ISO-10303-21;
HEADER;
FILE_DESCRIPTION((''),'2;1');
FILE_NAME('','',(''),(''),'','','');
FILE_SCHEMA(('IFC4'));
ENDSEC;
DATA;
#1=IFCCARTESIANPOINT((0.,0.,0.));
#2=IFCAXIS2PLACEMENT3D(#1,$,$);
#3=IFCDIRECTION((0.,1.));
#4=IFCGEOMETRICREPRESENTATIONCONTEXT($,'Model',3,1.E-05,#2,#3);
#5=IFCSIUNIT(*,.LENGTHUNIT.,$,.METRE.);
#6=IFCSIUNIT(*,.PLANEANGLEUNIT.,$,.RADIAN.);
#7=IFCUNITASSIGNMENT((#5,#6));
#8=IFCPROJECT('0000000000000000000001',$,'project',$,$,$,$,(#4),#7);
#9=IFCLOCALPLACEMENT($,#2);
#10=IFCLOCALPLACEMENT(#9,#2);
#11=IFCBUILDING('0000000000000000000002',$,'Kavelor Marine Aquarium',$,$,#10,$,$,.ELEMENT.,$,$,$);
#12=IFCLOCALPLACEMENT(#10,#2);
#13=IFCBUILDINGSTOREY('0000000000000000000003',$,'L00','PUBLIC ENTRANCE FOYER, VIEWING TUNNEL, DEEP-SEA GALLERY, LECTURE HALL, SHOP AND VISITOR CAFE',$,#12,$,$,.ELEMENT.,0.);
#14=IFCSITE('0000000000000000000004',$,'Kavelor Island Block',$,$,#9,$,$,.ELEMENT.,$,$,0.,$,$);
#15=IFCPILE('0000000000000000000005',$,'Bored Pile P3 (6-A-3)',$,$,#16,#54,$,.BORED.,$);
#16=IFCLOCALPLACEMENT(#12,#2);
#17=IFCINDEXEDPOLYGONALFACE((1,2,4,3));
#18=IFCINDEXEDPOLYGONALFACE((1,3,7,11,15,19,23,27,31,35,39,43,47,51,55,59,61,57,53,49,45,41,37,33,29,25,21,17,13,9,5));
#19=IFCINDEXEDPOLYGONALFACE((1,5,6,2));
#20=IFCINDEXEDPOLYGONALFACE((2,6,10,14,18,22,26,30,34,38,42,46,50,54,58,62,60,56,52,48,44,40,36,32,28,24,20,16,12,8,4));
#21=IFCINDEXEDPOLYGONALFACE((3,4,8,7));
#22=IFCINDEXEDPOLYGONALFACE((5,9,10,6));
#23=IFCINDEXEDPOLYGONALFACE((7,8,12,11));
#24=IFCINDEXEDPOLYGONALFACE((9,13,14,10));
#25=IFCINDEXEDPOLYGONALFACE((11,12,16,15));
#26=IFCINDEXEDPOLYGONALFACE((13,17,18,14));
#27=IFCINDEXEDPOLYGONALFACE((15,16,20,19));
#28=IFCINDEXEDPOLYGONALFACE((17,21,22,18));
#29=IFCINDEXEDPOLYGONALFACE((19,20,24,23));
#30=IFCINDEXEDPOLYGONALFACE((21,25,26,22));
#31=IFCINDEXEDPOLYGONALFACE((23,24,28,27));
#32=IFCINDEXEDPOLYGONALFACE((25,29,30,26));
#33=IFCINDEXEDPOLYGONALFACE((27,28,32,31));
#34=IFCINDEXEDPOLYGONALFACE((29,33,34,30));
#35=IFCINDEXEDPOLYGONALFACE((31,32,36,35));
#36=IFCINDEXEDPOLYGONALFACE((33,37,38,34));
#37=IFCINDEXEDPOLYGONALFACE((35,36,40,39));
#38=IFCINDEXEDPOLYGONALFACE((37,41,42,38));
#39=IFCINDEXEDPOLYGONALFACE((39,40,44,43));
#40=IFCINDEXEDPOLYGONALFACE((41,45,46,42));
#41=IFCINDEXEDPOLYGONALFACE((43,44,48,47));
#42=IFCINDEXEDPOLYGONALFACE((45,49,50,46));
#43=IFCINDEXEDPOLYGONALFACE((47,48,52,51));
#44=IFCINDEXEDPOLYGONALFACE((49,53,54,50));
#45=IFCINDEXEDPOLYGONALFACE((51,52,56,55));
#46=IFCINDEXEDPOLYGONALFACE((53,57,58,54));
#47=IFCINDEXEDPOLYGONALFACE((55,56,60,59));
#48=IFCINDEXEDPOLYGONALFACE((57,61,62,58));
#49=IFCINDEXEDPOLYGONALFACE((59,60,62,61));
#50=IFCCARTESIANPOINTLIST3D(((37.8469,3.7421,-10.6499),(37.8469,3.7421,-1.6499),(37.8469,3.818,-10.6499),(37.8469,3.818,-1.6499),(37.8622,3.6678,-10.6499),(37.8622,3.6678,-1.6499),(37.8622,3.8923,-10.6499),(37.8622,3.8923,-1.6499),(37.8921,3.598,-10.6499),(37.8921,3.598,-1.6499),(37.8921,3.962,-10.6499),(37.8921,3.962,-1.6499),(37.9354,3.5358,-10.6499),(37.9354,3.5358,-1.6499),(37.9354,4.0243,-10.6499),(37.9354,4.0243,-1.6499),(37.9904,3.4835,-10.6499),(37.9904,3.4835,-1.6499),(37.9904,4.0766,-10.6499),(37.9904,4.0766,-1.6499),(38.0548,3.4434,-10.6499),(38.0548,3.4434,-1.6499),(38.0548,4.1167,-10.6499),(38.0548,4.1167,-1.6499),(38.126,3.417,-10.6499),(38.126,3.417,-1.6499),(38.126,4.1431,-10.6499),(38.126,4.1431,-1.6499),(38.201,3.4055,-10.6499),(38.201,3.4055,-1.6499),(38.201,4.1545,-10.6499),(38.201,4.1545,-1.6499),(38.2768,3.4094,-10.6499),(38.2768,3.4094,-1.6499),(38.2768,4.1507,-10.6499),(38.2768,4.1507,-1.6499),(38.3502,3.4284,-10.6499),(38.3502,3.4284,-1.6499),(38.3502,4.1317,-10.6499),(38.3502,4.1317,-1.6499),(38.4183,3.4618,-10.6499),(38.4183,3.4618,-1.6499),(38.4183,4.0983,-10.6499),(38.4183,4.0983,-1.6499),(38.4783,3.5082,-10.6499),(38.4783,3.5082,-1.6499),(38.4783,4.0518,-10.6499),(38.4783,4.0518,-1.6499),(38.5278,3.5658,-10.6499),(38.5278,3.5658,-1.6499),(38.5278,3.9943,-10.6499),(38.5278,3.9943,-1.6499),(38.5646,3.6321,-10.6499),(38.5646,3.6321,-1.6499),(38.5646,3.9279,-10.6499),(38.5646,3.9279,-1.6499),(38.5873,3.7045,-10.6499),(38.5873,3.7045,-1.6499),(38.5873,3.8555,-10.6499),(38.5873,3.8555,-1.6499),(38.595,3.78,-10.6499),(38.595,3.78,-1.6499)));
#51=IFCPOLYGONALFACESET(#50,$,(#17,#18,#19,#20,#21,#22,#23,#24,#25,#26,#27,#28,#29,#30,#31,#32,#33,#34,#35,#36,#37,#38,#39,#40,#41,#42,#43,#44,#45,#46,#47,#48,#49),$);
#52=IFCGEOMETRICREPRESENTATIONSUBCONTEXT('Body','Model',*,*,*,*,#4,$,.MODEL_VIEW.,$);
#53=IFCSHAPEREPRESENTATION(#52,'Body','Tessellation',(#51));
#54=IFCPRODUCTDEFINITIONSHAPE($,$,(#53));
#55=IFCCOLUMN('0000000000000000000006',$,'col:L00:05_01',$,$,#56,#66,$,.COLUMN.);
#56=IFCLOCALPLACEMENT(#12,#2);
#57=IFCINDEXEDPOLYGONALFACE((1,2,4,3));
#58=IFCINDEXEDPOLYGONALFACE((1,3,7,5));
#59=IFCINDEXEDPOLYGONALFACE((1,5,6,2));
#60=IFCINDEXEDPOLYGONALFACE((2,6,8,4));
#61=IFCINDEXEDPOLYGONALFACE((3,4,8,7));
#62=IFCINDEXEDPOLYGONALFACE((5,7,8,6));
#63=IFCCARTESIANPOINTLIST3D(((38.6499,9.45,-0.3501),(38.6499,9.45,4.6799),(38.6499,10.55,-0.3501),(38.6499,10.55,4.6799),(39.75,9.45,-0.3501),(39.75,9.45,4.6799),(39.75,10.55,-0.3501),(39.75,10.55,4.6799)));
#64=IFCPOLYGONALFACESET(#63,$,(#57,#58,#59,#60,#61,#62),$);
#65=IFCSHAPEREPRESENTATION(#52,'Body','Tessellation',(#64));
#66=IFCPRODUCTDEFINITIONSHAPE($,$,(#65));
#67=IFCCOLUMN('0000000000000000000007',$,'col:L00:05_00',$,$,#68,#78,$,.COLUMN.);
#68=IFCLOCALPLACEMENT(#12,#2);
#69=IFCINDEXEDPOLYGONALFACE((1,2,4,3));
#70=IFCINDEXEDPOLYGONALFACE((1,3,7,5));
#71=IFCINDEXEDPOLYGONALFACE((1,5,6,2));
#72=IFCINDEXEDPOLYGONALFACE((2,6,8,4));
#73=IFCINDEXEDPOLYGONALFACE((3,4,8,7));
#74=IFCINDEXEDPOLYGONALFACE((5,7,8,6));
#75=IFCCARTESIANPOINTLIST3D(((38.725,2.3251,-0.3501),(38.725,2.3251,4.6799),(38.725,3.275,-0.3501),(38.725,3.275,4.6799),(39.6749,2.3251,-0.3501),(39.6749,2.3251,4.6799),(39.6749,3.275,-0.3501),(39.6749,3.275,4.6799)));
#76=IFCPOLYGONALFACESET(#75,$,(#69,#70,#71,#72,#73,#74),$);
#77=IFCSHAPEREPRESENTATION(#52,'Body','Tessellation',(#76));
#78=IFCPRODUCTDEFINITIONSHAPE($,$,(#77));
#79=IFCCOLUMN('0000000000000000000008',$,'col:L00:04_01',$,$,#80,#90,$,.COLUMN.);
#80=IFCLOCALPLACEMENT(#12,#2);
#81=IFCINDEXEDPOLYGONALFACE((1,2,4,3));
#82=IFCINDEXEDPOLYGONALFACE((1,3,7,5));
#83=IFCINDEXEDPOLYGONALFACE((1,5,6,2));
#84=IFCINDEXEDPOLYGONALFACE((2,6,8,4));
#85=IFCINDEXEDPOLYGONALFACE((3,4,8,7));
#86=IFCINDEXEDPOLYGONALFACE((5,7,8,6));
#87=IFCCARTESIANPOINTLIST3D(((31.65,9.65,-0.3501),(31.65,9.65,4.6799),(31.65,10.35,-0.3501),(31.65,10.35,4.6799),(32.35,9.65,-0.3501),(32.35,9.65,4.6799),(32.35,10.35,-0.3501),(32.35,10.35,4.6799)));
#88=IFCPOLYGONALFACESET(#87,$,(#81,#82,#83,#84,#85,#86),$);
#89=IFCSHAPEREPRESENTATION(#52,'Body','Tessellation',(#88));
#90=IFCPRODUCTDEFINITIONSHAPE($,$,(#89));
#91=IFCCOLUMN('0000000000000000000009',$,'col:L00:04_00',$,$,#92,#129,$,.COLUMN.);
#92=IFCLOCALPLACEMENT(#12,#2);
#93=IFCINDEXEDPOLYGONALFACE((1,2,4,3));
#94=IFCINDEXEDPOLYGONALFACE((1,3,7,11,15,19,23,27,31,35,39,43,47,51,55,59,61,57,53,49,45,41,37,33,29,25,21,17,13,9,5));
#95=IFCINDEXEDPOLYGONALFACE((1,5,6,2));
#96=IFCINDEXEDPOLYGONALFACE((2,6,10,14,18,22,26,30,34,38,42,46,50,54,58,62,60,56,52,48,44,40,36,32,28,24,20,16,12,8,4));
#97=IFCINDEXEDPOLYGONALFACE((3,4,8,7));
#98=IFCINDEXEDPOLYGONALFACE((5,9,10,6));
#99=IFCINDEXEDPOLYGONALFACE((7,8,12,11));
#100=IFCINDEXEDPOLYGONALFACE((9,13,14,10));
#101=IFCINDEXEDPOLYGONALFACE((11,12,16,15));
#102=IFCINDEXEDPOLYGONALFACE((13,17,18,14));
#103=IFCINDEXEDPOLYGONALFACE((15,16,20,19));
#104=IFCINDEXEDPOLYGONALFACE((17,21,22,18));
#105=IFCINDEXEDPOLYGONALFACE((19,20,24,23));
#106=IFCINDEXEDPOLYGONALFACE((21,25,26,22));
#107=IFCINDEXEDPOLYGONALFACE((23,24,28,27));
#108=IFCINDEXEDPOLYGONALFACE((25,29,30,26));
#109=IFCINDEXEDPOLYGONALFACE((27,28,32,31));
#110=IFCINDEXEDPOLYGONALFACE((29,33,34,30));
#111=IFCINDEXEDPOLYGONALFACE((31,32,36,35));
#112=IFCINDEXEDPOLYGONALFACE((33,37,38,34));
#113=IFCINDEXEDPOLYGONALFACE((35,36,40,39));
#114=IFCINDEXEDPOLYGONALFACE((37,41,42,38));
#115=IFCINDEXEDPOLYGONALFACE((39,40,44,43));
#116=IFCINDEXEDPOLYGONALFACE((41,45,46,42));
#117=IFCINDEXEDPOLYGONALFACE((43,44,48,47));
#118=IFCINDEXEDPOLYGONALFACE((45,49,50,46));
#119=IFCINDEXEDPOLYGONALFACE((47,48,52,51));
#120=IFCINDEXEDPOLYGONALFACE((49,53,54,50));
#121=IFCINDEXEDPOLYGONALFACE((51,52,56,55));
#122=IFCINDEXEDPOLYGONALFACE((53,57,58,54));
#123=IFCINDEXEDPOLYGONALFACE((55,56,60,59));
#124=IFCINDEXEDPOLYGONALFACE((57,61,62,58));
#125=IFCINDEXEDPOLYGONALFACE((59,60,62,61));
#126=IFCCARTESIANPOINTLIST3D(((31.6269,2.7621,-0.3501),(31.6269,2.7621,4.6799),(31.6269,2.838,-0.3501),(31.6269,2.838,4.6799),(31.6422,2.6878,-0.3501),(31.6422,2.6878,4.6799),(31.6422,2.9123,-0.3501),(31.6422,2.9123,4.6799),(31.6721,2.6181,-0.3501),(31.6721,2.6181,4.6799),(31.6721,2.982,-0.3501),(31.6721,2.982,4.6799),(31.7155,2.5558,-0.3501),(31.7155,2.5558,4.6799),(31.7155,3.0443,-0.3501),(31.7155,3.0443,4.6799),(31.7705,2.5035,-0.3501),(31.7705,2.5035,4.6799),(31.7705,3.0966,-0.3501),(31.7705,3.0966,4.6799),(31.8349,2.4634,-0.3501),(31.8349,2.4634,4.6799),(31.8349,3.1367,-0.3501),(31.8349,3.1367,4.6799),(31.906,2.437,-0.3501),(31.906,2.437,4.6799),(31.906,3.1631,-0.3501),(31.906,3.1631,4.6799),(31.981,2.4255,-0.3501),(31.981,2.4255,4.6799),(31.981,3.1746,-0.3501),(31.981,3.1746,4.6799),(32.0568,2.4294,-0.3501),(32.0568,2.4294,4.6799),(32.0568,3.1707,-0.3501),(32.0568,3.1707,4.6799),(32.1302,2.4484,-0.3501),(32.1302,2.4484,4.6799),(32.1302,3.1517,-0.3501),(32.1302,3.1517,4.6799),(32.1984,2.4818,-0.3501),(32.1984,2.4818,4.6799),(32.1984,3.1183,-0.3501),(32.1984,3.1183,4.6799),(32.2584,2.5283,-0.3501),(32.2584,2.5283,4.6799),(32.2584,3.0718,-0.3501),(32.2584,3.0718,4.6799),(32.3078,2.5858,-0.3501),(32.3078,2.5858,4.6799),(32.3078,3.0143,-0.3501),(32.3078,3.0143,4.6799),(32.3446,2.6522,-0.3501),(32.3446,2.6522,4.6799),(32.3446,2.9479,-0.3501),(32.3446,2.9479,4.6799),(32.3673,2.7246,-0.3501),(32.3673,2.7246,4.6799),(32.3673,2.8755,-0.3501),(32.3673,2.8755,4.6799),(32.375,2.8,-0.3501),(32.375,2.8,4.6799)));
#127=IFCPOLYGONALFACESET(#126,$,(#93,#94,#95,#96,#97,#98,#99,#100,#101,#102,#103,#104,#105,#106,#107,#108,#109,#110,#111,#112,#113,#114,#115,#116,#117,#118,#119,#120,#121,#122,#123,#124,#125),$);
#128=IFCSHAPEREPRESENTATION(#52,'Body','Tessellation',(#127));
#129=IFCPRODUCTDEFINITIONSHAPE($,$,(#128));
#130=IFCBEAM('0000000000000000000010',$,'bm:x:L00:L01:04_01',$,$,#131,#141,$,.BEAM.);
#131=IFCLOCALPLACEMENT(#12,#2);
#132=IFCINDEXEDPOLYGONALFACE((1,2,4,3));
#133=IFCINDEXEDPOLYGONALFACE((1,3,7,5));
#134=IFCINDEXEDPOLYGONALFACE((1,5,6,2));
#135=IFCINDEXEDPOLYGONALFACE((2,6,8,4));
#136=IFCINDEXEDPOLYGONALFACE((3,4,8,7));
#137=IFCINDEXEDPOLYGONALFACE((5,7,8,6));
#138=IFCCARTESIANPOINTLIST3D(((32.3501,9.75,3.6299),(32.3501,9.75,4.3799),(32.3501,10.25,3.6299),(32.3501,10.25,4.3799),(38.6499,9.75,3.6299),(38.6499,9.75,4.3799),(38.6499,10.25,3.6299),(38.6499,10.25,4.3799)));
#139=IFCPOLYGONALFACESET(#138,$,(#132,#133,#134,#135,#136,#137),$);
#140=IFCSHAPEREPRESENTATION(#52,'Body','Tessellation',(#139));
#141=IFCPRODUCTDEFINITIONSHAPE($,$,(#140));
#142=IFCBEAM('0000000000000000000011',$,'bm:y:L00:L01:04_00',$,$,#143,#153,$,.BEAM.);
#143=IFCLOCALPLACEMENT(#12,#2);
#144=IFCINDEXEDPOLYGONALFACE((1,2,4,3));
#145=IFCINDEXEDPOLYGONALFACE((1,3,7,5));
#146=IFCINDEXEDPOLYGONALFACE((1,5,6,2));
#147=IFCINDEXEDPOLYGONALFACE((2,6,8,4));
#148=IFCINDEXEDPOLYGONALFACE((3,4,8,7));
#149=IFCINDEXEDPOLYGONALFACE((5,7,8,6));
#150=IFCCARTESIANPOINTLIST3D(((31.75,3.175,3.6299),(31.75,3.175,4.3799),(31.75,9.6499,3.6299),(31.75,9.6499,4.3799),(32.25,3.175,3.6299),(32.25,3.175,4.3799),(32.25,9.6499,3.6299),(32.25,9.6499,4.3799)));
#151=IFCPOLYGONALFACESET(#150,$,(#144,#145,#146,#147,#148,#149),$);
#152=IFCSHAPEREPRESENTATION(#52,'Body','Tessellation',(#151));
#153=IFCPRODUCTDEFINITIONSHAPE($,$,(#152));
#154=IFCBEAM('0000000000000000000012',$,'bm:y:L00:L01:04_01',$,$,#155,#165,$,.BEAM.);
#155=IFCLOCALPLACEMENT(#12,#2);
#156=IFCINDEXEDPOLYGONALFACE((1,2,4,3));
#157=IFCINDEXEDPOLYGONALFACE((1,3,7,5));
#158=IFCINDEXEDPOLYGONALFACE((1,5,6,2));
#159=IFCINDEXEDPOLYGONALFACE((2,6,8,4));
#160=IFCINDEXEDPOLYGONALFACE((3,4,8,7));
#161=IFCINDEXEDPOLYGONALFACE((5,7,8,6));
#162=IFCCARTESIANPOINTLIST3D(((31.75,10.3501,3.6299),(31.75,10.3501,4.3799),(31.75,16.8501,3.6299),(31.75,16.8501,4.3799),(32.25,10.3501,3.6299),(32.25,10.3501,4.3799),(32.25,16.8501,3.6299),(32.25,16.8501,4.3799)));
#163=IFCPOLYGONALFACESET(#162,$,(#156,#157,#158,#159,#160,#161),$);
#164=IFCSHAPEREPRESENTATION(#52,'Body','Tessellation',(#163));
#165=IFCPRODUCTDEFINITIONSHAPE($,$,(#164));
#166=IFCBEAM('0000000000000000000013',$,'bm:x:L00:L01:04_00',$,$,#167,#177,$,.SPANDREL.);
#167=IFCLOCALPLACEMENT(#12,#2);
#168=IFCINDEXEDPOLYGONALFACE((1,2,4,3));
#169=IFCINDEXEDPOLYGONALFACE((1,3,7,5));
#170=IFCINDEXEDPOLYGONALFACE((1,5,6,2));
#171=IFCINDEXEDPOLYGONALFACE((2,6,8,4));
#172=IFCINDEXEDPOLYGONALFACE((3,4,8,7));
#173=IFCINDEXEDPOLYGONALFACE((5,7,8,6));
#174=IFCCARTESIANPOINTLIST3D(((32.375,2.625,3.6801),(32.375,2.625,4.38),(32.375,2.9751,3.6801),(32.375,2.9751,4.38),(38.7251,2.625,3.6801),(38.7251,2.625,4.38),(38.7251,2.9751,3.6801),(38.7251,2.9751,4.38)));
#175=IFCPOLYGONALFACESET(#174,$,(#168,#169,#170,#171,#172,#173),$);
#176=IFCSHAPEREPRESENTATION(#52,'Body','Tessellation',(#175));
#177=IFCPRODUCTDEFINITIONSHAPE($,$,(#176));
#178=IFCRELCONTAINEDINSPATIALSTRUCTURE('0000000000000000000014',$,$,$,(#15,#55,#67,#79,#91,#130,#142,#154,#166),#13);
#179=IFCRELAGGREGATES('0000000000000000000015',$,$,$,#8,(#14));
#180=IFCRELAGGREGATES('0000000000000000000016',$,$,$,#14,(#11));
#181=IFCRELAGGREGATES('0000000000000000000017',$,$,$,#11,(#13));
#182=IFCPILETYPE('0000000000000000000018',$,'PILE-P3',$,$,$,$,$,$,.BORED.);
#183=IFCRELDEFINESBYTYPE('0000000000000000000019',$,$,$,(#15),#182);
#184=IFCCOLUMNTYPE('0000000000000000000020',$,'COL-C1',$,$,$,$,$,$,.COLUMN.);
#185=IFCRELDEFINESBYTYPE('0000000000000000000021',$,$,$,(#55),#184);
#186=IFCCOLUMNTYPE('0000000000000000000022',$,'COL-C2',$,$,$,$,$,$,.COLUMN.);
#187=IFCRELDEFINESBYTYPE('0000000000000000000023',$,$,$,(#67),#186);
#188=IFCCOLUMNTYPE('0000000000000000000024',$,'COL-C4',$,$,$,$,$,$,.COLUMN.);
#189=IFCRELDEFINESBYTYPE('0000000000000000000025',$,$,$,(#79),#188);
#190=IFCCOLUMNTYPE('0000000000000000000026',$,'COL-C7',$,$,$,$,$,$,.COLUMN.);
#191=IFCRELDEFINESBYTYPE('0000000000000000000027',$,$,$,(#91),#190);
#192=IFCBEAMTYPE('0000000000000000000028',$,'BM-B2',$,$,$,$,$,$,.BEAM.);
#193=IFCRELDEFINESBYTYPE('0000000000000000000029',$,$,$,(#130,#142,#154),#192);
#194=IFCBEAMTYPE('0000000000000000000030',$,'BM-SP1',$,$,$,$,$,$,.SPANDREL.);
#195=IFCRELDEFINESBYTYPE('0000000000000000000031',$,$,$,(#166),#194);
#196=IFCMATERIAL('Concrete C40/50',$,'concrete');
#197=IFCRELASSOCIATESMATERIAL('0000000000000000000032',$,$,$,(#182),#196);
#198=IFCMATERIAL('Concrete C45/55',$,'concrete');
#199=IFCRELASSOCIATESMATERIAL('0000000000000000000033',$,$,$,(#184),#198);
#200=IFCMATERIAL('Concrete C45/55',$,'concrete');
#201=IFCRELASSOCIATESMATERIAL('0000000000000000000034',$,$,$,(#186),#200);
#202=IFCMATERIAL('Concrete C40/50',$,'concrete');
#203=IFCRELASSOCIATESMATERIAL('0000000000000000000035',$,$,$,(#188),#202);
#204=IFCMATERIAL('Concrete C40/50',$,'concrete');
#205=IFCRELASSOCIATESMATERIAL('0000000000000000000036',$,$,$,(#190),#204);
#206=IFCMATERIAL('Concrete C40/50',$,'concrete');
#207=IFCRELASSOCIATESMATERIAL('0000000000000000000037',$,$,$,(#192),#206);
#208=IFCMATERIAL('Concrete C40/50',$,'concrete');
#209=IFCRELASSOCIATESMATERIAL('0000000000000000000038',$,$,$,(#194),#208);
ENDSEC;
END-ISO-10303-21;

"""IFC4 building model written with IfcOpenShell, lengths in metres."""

from ifc_helpers import new_model, si_unit, direction, frame, origin, origin_2d, place, context, subcontext, project, spatial, rectangle, circle, extrude, material, material_profile, profile_set, type_object, element, save


model = new_model("IFC4")

# Units and contexts
model_context = context("Model", 3, precision=1e-05, world=origin(), true_north=direction((0.0, 1.0)))
body_context = subcontext(model_context, "Body", "Model", "MODEL_VIEW")
ifc_project = project(units=[si_unit("LENGTHUNIT", "METRE"), si_unit("PLANEANGLEUNIT", "RADIAN")], contexts=[model_context])

# Site, building, storey
site_placement = place(None, origin())
site = spatial("IfcSite", under=ifc_project, at=site_placement, Name="Kavelor Island Block", CompositionType="ELEMENT", RefElevation=0.0)
building_placement = place(site_placement, origin())
building = spatial("IfcBuilding", under=site, at=building_placement, Name="Kavelor Marine Aquarium", CompositionType="ELEMENT")
storey_placement = place(building_placement, origin())
storey = spatial("IfcBuildingStorey", under=building, at=storey_placement, Name="L00", Description="PUBLIC ENTRANCE FOYER, VIEWING TUNNEL, DEEP-SEA GALLERY, LECTURE HALL, SHOP AND VISITOR CAFE", CompositionType="ELEMENT", Elevation=0.0)

# Pile
ifc_material_1 = material(Name="Concrete C40/50", Category="concrete")
ifc_material_profile_1 = material_profile(ifc_material_1, circle(Radius=0.375, at=origin_2d()), Name="PILE D750")
ifc_profile_set_1 = profile_set([ifc_material_profile_1], Name="Concrete C40/50")
pile_type_1 = type_object("IfcPileType", Name="PILE-P3", PredefinedType="BORED", material=ifc_profile_set_1)
for number, where, z_axis, x_axis, name in (
    (1, (38.22, 3.78, -1.6499), (0.0, 0.0, -1.0), (1.0, 0.0, 0.0), "Bored Pile P3 (6-A-3)"),
):
    element("IfcPile", number, at=place(storey_placement, frame(where, z_axis=z_axis, x_axis=x_axis)), inside=storey, type_object=pile_type_1, Name=name, PredefinedType="BORED", context=body_context, shape_type="SweptSolid", body=[
        extrude(circle(Radius=0.375, at=origin_2d()), origin(), (0.0, 0.0, 1.0), 9.0),
    ])

# Columns
ifc_material_2 = material(Name="Concrete C45/55", Category="concrete")
ifc_material_profile_2 = material_profile(ifc_material_2, rectangle(XDim=1.1001, YDim=1.1001, at=origin_2d()), Name="RC-COL 1100x1100")
ifc_profile_set_2 = profile_set([ifc_material_profile_2], Name="Concrete C45/55")
column_type_1 = type_object("IfcColumnType", Name="COL-C1", PredefinedType="COLUMN", material=ifc_profile_set_2)
column_1_placement = place(storey_placement, frame((39.2, 10.0, -0.3501), z_axis=(0.0, 0.0, 1.0), x_axis=(1.0, 0.0, 0.0)))
element("IfcColumn", 2, at=column_1_placement, inside=storey, type_object=column_type_1, Name="col:L00:05_01", PredefinedType="COLUMN", context=body_context, shape_type="SweptSolid", body=[
    extrude(rectangle(XDim=1.1001, YDim=1.1001, at=origin_2d()), origin(), (0.0, 0.0, 1.0), 5.03),
])
ifc_material_3 = material(Name="Concrete C45/55", Category="concrete")
ifc_material_profile_3 = material_profile(ifc_material_3, rectangle(XDim=0.95, YDim=0.95, at=origin_2d()), Name="RC-COL 950x950")
ifc_profile_set_3 = profile_set([ifc_material_profile_3], Name="Concrete C45/55")
column_type_2 = type_object("IfcColumnType", Name="COL-C2", PredefinedType="COLUMN", material=ifc_profile_set_3)
column_2_placement = place(storey_placement, frame((39.2, 2.8, -0.3501), z_axis=(0.0, 0.0, 1.0), x_axis=(1.0, 0.0, 0.0)))
element("IfcColumn", 3, at=column_2_placement, inside=storey, type_object=column_type_2, Name="col:L00:05_00", PredefinedType="COLUMN", context=body_context, shape_type="SweptSolid", body=[
    extrude(rectangle(XDim=0.95, YDim=0.95, at=origin_2d()), origin(), (0.0, 0.0, 1.0), 5.03),
])
ifc_material_4 = material(Name="Concrete C40/50", Category="concrete")
ifc_material_profile_4 = material_profile(ifc_material_4, rectangle(XDim=0.7, YDim=0.7, at=origin_2d()), Name="RC-COL 700x700")
ifc_profile_set_4 = profile_set([ifc_material_profile_4], Name="Concrete C40/50")
column_type_3 = type_object("IfcColumnType", Name="COL-C4", PredefinedType="COLUMN", material=ifc_profile_set_4)
column_3_placement = place(storey_placement, frame((32.0, 10.0, -0.3501), z_axis=(0.0, 0.0, 1.0), x_axis=(1.0, 0.0, 0.0)))
element("IfcColumn", 4, at=column_3_placement, inside=storey, type_object=column_type_3, Name="col:L00:04_01", PredefinedType="COLUMN", context=body_context, shape_type="SweptSolid", body=[
    extrude(rectangle(XDim=0.7, YDim=0.7, at=origin_2d()), origin(), (0.0, 0.0, 1.0), 5.03),
])
ifc_material_5 = material(Name="Concrete C40/50", Category="concrete")
ifc_material_profile_5 = material_profile(ifc_material_5, circle(Radius=0.375, at=origin_2d()), Name="RC-COL D750")
ifc_profile_set_5 = profile_set([ifc_material_profile_5], Name="Concrete C40/50")
column_type_4 = type_object("IfcColumnType", Name="COL-C7", PredefinedType="COLUMN", material=ifc_profile_set_5)
column_4_placement = place(storey_placement, frame((32.0, 2.8, -0.3501), z_axis=(0.0, 0.0, 1.0), x_axis=(1.0, 0.0, 0.0)))
element("IfcColumn", 5, at=column_4_placement, inside=storey, type_object=column_type_4, Name="col:L00:04_00", PredefinedType="COLUMN", context=body_context, shape_type="SweptSolid", body=[
    extrude(circle(Radius=0.375, at=origin_2d()), origin(), (0.0, 0.0, 1.0), 5.03),
])

# Beams
ifc_material_6 = material(Name="Concrete C40/50", Category="concrete")
ifc_material_profile_6 = material_profile(ifc_material_6, rectangle(XDim=0.5, YDim=0.75, at=origin_2d()), Name="RC-BM 500x750")
ifc_profile_set_6 = profile_set([ifc_material_profile_6], Name="Concrete C40/50")
beam_type_1 = type_object("IfcBeamType", Name="BM-B2", PredefinedType="BEAM", material=ifc_profile_set_6)
beam_1_placement = place(storey_placement, frame((32.3501, 10.0, 4.0049), z_axis=(1.0, 0.0, 0.0), x_axis=(0.0, 1.0, 0.0)))
element("IfcBeam", 6, at=beam_1_placement, inside=storey, type_object=beam_type_1, Name="bm:x:L00:L01:04_01", PredefinedType="BEAM", context=body_context, shape_type="SweptSolid", body=[
    extrude(rectangle(XDim=0.5, YDim=0.75, at=origin_2d()), origin(), (0.0, 0.0, 1.0), 6.2998),
])
beam_2_placement = place(storey_placement, frame((32.0, 3.175, 4.0049), z_axis=(0.0, 1.0, 0.0), x_axis=(-1.0, 0.0, 0.0)))
element("IfcBeam", 7, at=beam_2_placement, inside=storey, type_object=beam_type_1, Name="bm:y:L00:L01:04_00", PredefinedType="BEAM", context=body_context, shape_type="SweptSolid", body=[
    extrude(rectangle(XDim=0.5, YDim=0.75, at=origin_2d()), origin(), (0.0, 0.0, 1.0), 6.4749),
])
beam_3_placement = place(storey_placement, frame((32.0, 10.3501, 4.0049), z_axis=(0.0, 1.0, 0.0), x_axis=(-1.0, 0.0, 0.0)))
element("IfcBeam", 8, at=beam_3_placement, inside=storey, type_object=beam_type_1, Name="bm:y:L00:L01:04_01", PredefinedType="BEAM", context=body_context, shape_type="SweptSolid", body=[
    extrude(rectangle(XDim=0.5, YDim=0.75, at=origin_2d()), origin(), (0.0, 0.0, 1.0), 6.5),
])
ifc_material_7 = material(Name="Concrete C40/50", Category="concrete")
ifc_material_profile_7 = material_profile(ifc_material_7, rectangle(XDim=0.3501, YDim=0.7, at=origin_2d()), Name="RC-SP 350x700")
ifc_profile_set_7 = profile_set([ifc_material_profile_7], Name="Concrete C40/50")
beam_type_2 = type_object("IfcBeamType", Name="BM-SP1", PredefinedType="SPANDREL", material=ifc_profile_set_7)
beam_4_placement = place(storey_placement, frame((32.375, 2.8, 4.03), z_axis=(1.0, 0.0, 0.0), x_axis=(0.0, 1.0, 0.0)))
element("IfcBeam", 9, at=beam_4_placement, inside=storey, type_object=beam_type_2, Name="bm:x:L00:L01:04_00", PredefinedType="SPANDREL", context=body_context, shape_type="SweptSolid", body=[
    extrude(rectangle(XDim=0.3501, YDim=0.7, at=origin_2d()), origin(), (0.0, 0.0, 1.0), 6.3501),
])

save(model, "model.ifc")
